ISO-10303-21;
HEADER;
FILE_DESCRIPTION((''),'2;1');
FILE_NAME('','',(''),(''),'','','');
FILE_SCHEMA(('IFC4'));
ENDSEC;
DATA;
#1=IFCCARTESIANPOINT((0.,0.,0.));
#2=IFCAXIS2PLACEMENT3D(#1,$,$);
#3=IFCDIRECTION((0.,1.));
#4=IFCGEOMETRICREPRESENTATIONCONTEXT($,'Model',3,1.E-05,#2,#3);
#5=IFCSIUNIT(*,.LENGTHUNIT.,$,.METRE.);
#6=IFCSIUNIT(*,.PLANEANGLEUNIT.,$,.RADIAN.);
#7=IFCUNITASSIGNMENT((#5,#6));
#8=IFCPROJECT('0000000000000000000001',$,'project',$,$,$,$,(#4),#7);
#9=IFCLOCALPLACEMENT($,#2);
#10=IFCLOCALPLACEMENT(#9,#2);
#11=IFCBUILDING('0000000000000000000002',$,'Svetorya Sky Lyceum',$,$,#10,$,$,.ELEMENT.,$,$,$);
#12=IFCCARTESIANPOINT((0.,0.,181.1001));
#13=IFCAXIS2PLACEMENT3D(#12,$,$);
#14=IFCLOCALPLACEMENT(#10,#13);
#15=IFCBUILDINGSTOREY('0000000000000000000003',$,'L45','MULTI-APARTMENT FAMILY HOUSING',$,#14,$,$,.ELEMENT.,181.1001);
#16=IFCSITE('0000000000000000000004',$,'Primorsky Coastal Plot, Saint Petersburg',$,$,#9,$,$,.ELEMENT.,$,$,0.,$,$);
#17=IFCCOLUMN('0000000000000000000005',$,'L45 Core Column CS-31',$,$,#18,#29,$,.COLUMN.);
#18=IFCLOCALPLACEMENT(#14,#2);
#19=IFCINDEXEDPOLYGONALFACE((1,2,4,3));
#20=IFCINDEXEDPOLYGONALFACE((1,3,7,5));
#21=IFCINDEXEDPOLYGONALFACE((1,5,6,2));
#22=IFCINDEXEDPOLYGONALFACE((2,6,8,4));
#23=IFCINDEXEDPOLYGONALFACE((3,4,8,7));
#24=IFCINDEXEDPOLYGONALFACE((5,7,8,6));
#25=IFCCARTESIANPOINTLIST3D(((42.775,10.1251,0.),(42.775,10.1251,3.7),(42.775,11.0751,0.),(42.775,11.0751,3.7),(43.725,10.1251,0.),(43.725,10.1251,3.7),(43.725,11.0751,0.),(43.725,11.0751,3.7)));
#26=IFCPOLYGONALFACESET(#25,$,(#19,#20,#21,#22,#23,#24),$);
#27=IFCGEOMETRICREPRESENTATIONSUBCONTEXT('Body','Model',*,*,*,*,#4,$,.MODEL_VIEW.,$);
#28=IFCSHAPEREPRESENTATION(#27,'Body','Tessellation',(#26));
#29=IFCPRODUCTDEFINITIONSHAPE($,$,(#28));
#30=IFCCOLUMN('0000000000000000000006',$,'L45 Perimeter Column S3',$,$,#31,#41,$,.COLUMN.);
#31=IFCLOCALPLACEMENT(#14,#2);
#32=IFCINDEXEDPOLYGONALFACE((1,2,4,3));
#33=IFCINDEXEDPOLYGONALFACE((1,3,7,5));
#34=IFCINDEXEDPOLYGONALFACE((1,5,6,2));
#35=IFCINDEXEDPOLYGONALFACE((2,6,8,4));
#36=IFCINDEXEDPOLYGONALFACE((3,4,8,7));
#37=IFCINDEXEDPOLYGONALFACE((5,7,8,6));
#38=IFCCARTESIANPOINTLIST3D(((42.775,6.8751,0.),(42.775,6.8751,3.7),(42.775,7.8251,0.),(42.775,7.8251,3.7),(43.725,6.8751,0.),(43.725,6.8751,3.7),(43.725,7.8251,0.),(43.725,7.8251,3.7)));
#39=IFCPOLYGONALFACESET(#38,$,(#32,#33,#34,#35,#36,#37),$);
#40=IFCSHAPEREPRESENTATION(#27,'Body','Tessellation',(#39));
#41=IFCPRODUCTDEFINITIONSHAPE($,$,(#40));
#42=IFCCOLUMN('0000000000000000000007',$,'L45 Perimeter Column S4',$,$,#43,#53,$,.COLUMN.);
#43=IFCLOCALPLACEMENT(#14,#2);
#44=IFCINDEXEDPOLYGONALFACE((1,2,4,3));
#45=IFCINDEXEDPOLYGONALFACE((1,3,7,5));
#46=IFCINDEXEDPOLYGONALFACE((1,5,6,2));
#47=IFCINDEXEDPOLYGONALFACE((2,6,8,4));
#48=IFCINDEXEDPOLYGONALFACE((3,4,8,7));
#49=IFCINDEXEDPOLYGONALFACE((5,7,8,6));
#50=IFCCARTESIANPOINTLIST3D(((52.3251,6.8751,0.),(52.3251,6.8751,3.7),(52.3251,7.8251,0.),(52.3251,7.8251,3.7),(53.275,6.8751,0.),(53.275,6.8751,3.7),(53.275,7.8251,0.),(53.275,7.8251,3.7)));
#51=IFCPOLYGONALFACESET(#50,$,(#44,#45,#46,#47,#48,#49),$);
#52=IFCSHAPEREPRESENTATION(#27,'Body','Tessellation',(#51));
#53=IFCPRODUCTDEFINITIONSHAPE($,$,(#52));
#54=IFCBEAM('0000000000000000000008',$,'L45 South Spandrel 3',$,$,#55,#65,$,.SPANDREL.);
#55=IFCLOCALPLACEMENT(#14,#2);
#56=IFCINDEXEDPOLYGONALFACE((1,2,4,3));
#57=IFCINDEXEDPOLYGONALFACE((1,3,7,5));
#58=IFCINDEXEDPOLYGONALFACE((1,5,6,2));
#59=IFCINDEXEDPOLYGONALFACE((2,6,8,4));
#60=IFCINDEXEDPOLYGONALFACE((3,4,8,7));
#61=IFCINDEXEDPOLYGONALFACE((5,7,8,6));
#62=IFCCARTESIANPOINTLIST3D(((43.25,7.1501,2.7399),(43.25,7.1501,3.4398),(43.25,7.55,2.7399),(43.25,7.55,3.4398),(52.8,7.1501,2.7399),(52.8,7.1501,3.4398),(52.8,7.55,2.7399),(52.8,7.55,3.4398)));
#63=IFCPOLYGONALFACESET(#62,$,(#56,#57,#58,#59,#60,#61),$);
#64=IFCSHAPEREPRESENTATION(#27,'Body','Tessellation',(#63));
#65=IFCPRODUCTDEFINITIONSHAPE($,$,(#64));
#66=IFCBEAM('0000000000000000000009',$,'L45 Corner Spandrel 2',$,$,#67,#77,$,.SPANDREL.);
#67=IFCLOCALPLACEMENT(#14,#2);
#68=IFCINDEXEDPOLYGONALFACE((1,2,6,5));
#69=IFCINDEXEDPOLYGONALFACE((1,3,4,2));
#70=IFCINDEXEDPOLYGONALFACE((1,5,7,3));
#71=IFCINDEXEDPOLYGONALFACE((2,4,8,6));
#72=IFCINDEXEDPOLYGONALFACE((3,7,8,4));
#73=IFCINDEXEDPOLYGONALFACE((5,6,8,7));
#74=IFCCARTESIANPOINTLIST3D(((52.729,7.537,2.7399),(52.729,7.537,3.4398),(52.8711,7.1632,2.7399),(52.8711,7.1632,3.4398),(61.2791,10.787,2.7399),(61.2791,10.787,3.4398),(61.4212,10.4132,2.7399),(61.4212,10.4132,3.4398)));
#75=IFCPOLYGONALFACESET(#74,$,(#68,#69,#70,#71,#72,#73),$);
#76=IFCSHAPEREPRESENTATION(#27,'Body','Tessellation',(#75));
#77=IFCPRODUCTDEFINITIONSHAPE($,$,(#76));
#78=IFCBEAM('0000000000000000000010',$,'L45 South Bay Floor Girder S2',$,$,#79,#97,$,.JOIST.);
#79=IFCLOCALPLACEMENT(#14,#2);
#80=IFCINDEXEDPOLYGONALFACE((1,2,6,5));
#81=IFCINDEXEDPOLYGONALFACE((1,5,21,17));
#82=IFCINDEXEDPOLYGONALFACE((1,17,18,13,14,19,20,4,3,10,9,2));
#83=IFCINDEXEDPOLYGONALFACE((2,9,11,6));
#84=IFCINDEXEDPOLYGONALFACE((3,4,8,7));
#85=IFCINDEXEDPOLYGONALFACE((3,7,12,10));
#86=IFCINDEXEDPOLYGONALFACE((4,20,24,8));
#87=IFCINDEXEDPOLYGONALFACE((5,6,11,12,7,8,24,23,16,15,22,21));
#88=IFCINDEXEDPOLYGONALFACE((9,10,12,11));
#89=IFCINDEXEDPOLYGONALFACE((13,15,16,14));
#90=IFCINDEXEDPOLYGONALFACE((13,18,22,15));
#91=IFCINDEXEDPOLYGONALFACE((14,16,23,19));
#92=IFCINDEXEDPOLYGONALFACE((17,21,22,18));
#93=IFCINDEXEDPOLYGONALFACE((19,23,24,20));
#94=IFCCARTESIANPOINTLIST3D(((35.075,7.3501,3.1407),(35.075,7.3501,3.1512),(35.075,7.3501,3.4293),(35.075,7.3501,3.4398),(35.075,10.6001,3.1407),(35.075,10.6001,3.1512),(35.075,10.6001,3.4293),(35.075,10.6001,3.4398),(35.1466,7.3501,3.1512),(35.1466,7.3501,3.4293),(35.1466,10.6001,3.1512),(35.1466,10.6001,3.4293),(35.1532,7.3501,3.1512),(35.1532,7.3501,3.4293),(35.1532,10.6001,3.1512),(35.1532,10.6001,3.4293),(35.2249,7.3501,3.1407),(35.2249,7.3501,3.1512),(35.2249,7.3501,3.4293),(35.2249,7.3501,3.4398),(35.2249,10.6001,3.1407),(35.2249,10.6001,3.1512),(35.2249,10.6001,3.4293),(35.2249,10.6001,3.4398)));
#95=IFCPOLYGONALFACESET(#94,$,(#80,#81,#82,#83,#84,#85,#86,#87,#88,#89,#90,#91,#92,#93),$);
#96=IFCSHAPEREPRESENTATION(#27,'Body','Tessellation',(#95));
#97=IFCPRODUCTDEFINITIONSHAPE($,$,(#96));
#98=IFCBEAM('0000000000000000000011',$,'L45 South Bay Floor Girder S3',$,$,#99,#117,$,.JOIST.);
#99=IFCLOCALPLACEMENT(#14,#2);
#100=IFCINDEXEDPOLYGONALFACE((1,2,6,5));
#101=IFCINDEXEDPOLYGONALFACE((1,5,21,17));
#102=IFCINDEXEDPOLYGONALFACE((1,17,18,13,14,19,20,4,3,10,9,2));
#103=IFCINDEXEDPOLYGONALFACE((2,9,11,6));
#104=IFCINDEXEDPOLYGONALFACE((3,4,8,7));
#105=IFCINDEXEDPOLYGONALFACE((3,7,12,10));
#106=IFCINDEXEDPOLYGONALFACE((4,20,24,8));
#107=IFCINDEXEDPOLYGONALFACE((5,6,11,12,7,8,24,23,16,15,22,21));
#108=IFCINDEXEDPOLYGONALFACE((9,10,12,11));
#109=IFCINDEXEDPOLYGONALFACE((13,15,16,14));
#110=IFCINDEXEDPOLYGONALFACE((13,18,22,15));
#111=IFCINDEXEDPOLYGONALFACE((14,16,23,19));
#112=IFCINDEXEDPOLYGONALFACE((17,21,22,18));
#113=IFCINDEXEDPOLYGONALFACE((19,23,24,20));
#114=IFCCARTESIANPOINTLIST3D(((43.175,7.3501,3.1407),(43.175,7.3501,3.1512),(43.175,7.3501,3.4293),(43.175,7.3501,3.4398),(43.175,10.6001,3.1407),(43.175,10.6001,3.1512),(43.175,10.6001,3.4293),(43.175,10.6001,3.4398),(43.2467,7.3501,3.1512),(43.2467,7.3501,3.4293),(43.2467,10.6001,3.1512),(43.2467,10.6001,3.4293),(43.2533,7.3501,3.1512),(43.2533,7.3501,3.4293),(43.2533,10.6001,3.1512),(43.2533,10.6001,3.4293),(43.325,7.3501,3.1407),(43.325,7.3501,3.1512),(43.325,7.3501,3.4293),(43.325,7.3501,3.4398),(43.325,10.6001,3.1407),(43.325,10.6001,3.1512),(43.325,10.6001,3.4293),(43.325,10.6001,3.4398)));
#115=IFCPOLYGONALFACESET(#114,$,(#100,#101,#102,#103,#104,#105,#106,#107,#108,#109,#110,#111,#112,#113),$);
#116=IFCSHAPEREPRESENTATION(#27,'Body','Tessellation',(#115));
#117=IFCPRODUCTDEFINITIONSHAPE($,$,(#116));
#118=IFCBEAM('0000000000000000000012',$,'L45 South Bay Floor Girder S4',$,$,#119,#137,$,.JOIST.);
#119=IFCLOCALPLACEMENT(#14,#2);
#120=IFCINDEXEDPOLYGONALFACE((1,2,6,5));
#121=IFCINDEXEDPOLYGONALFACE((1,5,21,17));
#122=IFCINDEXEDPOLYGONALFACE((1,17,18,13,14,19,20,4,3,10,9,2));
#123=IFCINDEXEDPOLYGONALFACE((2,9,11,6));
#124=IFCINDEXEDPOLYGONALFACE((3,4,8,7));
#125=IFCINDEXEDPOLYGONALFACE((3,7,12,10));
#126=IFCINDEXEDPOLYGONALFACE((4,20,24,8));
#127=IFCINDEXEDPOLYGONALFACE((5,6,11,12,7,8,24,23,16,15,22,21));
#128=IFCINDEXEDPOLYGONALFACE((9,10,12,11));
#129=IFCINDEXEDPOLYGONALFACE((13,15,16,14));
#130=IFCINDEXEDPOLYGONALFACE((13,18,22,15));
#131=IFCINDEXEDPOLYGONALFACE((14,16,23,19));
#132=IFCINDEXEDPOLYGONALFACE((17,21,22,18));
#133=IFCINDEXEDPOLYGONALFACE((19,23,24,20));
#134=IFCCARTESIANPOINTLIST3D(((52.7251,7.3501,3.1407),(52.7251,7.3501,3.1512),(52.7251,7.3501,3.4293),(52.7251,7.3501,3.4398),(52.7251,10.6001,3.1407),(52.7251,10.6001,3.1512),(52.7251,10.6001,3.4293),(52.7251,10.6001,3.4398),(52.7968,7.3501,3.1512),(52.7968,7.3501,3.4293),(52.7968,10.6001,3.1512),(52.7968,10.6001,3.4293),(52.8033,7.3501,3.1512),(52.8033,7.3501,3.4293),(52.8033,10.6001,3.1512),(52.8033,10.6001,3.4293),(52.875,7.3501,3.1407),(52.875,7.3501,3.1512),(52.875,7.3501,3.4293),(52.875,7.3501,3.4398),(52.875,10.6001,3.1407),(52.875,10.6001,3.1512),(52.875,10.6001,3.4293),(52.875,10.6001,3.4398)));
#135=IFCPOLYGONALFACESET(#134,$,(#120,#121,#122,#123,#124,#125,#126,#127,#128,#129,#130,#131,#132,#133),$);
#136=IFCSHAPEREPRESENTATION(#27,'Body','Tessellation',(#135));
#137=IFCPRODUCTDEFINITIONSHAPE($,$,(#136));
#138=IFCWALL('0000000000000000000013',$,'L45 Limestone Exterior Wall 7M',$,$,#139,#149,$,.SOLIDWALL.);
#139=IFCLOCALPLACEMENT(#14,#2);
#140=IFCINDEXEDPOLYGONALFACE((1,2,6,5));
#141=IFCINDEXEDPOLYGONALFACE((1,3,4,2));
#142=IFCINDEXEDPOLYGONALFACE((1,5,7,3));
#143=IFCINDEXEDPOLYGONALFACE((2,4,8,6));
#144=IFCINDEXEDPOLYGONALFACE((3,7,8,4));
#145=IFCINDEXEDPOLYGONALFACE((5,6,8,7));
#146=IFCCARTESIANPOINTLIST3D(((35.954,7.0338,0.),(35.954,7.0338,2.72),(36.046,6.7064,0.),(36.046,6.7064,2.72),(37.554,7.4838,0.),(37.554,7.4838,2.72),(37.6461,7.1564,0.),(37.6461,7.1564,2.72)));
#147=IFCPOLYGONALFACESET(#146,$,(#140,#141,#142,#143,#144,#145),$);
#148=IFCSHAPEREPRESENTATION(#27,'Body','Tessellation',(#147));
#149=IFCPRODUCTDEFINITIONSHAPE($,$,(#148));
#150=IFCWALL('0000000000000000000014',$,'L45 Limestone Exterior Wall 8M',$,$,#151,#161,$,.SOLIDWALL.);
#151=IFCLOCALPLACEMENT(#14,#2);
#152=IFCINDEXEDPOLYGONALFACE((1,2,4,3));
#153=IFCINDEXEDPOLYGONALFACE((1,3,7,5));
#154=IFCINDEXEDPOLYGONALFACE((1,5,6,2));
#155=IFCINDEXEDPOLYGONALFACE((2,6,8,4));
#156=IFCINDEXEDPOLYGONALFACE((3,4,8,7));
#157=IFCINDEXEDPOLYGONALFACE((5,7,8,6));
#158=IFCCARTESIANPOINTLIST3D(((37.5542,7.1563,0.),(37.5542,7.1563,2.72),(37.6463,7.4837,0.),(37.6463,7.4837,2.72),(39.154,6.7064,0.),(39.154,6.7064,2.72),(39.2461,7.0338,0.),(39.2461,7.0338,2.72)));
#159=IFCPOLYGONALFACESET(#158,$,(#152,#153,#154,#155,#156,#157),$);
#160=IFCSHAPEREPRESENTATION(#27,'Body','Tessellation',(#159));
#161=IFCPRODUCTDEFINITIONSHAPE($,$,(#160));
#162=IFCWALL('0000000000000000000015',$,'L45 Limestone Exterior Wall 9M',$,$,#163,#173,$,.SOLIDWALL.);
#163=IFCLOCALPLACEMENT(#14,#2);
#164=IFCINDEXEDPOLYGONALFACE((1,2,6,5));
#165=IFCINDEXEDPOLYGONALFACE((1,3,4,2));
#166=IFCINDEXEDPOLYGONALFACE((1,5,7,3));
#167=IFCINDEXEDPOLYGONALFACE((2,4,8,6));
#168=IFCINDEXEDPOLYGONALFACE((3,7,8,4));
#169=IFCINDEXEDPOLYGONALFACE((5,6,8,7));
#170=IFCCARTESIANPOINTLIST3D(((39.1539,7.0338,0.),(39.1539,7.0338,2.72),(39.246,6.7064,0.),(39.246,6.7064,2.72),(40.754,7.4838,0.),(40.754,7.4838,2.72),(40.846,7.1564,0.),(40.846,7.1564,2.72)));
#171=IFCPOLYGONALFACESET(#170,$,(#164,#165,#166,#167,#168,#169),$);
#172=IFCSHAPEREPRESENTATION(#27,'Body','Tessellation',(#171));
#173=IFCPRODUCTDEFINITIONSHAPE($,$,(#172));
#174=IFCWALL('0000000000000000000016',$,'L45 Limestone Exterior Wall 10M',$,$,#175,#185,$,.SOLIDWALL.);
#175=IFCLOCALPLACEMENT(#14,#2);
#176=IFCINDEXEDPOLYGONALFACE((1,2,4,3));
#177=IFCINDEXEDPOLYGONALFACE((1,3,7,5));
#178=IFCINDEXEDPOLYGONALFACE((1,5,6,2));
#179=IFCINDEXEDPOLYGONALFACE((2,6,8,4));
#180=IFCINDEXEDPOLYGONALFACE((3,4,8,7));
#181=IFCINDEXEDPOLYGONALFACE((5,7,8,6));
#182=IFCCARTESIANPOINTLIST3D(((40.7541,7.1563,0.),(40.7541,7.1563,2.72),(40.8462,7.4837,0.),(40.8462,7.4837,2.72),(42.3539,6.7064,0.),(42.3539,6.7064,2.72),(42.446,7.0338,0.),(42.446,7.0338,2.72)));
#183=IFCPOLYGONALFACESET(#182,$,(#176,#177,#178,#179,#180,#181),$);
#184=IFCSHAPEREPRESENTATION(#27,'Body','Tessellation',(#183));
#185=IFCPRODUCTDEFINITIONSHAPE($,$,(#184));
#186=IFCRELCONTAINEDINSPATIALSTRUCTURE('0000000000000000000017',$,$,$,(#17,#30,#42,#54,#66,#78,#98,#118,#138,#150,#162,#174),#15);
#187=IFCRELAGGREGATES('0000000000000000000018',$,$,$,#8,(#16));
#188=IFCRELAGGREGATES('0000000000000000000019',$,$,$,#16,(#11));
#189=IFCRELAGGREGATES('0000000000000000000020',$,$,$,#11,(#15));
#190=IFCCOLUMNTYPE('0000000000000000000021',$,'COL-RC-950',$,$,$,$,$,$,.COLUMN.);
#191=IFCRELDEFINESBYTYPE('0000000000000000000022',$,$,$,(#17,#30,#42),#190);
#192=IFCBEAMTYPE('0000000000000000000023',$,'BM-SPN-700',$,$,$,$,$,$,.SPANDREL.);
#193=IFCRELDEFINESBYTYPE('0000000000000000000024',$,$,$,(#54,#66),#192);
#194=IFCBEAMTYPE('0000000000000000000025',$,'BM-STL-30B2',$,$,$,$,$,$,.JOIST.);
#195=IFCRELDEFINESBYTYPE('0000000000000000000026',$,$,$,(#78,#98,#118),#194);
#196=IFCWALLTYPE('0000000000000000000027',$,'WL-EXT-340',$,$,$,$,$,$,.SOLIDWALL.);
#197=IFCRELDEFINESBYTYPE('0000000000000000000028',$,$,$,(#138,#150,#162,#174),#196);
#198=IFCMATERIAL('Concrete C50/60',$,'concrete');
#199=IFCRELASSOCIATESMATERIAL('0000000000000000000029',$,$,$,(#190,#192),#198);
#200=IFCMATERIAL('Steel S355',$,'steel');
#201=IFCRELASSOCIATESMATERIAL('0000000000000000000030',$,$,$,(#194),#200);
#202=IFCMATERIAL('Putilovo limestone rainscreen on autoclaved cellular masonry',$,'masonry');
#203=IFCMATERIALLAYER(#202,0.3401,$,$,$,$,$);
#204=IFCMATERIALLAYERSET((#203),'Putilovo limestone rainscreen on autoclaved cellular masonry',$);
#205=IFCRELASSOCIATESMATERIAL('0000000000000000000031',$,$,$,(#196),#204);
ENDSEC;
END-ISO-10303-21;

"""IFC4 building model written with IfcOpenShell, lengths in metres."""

from ifc_helpers import new_model, si_unit, direction, frame, frame_2d, origin, origin_2d, place, context, subcontext, project, spatial, rectangle, i_section, extrude, material, layer, layer_set, material_profile, profile_set, type_object, element, save


model = new_model("IFC4")

# Units and contexts
model_context = context("Model", 3, precision=1e-05, world=origin(), true_north=direction((0.0, 1.0)))
body_context = subcontext(model_context, "Body", "Model", "MODEL_VIEW")
ifc_project = project(units=[si_unit("LENGTHUNIT", "METRE"), si_unit("PLANEANGLEUNIT", "RADIAN")], contexts=[model_context])

# Site, building, storey
site_placement = place(None, origin())
site = spatial("IfcSite", under=ifc_project, at=site_placement, Name="Primorsky Coastal Plot, Saint Petersburg", CompositionType="ELEMENT", RefElevation=0.0)
building_placement = place(site_placement, origin())
building = spatial("IfcBuilding", under=site, at=building_placement, Name="Svetorya Sky Lyceum", CompositionType="ELEMENT")
storey_placement = place(building_placement, frame((0.0, 0.0, 181.1001)))
storey = spatial("IfcBuildingStorey", under=building, at=storey_placement, Name="L45", Description="MULTI-APARTMENT FAMILY HOUSING", CompositionType="ELEMENT", Elevation=181.1001)

# Columns
ifc_material_1 = material(Name="Concrete C50/60", Category="concrete")
ifc_material_profile_1 = material_profile(ifc_material_1, rectangle(XDim=0.95, YDim=0.95, at=origin_2d()), Name="RC COL 950x950")
ifc_profile_set_1 = profile_set([ifc_material_profile_1], Name="Concrete C50/60")
column_type = type_object("IfcColumnType", Name="COL-RC-950", PredefinedType="COLUMN", material=ifc_profile_set_1)
for number, where, z_axis, x_axis, name in (
    (1, (43.25, 10.6001, 0.0), (0.0, 0.0, 1.0), (1.0, 0.0, 0.0), "L45 Core Column CS-31"),
    (2, (43.25, 7.3501, 0.0), (0.0, 0.0, 1.0), (1.0, 0.0, 0.0), "L45 Perimeter Column S3"),
    (3, (52.8, 7.3501, 0.0), (0.0, 0.0, 1.0), (1.0, 0.0, 0.0), "L45 Perimeter Column S4"),
):
    element("IfcColumn", number, at=place(storey_placement, frame(where, z_axis=z_axis, x_axis=x_axis)), inside=storey, type_object=column_type, Name=name, PredefinedType="COLUMN", context=body_context, shape_type="SweptSolid", body=[
        extrude(rectangle(XDim=0.95, YDim=0.95, at=origin_2d()), origin(), (0.0, 0.0, 1.0), 3.7),
    ])

# Beams
ifc_material_profile_2 = material_profile(ifc_material_1, rectangle(XDim=0.3999, YDim=0.7, at=origin_2d()), Name="RC SPANDREL 400x700")
ifc_profile_set_2 = profile_set([ifc_material_profile_2], Name="Concrete C50/60")
beam_type_1 = type_object("IfcBeamType", Name="BM-SPN-700", PredefinedType="SPANDREL", material=ifc_profile_set_2)
beam_1_placement = place(storey_placement, frame((43.25, 7.3501, 3.0898), z_axis=(1.0, 0.0, 0.0), x_axis=(0.0, 1.0, 0.0)))
element("IfcBeam", 4, at=beam_1_placement, inside=storey, type_object=beam_type_1, Name="L45 South Spandrel 3", PredefinedType="SPANDREL", context=body_context, shape_type="SweptSolid", body=[
    extrude(rectangle(XDim=0.3999, YDim=0.7, at=origin_2d()), origin(), (0.0, 0.0, 1.0), 9.55),
])
beam_2_placement = place(storey_placement, frame((52.8, 7.3501, 3.0898), z_axis=(0.934748, 0.355312, 0.0), x_axis=(-0.355312, 0.934748, 0.0)))
element("IfcBeam", 5, at=beam_2_placement, inside=storey, type_object=beam_type_1, Name="L45 Corner Spandrel 2", PredefinedType="SPANDREL", context=body_context, shape_type="SweptSolid", body=[
    extrude(rectangle(XDim=0.3999, YDim=0.7, at=origin_2d()), origin(), (0.0, 0.0, 1.0), 9.147),
])
ifc_material_2 = material(Name="Steel S355", Category="steel")
ifc_material_profile_3 = material_profile(ifc_material_2, i_section(OverallWidth=0.1499, OverallDepth=0.2991, WebThickness=0.0066, FlangeThickness=0.0105, at=origin_2d()), Name="GOST 30B2")
ifc_profile_set_3 = profile_set([ifc_material_profile_3], Name="Steel S355")
beam_type_2 = type_object("IfcBeamType", Name="BM-STL-30B2", PredefinedType="JOIST", material=ifc_profile_set_3)
for number, where, z_axis, x_axis, name in (
    (6, (35.1499, 7.3501, 3.2903), (0.0, 1.0, 0.0), (-1.0, 0.0, 0.0), "L45 South Bay Floor Girder S2"),
    (7, (43.25, 7.3501, 3.2903), (0.0, 1.0, 0.0), (-1.0, 0.0, 0.0), "L45 South Bay Floor Girder S3"),
    (8, (52.8, 7.3501, 3.2903), (0.0, 1.0, 0.0), (-1.0, 0.0, 0.0), "L45 South Bay Floor Girder S4"),
):
    element("IfcBeam", number, at=place(storey_placement, frame(where, z_axis=z_axis, x_axis=x_axis)), inside=storey, type_object=beam_type_2, Name=name, PredefinedType="JOIST", context=body_context, shape_type="SweptSolid", body=[
        extrude(i_section(OverallWidth=0.1499, OverallDepth=0.2991, WebThickness=0.0066, FlangeThickness=0.0105, at=origin_2d()), origin(), (0.0, 0.0, 1.0), 3.25),
    ])

# Walls
ifc_material_3 = material(Name="Putilovo limestone rainscreen on autoclaved cellular masonry", Category="masonry")
ifc_layer_1 = layer(ifc_material_3, 0.3401)
ifc_layer_set_1 = layer_set([ifc_layer_1], Name="Putilovo limestone rainscreen on autoclaved cellular masonry")
wall_type_1 = type_object("IfcWallType", Name="WL-EXT-340", PredefinedType="SOLIDWALL", material=ifc_layer_set_1)
wall_1_placement = place(storey_placement, frame((36.0, 6.8701, 0.0), z_axis=(0.0, 0.0, 1.0), x_axis=(0.962663, 0.270703, 0.0)))
element("IfcWall", 9, at=wall_1_placement, inside=storey, type_object=wall_type_1, Name="L45 Limestone Exterior Wall 7M", PredefinedType="SOLIDWALL", context=body_context, shape_type="SweptSolid", body=[
    extrude(rectangle(XDim=1.6621, YDim=0.3401, at=frame_2d((0.8311, 0.0))), origin(), (0.0, 0.0, 1.0), 2.72),
])
wall_2_placement = place(storey_placement, frame((37.6001, 7.3201, 0.0), z_axis=(0.0, 0.0, 1.0), x_axis=(0.962652, -0.270741, 0.0)))
element("IfcWall", 10, at=wall_2_placement, inside=storey, type_object=wall_type_1, Name="L45 Limestone Exterior Wall 8M", PredefinedType="SOLIDWALL", context=body_context, shape_type="SweptSolid", body=[
    extrude(rectangle(XDim=1.6619, YDim=0.3401, at=frame_2d((0.8311, 0.0))), origin(), (0.0, 0.0, 1.0), 2.72),
])
wall_3_placement = place(storey_placement, frame((39.2, 6.8701, 0.0), z_axis=(0.0, 0.0, 1.0), x_axis=(0.962663, 0.270703, 0.0)))
element("IfcWall", 11, at=wall_3_placement, inside=storey, type_object=wall_type_1, Name="L45 Limestone Exterior Wall 9M", PredefinedType="SOLIDWALL", context=body_context, shape_type="SweptSolid", body=[
    extrude(rectangle(XDim=1.6621, YDim=0.3401, at=frame_2d((0.8311, 0.0))), origin(), (0.0, 0.0, 1.0), 2.72),
])
wall_4_placement = place(storey_placement, frame((40.8, 7.3201, 0.0), z_axis=(0.0, 0.0, 1.0), x_axis=(0.962652, -0.270741, 0.0)))
element("IfcWall", 12, at=wall_4_placement, inside=storey, type_object=wall_type_1, Name="L45 Limestone Exterior Wall 10M", PredefinedType="SOLIDWALL", context=body_context, shape_type="SweptSolid", body=[
    extrude(rectangle(XDim=1.6619, YDim=0.3401, at=frame_2d((0.8311, 0.0))), origin(), (0.0, 0.0, 1.0), 2.72),
])

save(model, "model.ifc")
